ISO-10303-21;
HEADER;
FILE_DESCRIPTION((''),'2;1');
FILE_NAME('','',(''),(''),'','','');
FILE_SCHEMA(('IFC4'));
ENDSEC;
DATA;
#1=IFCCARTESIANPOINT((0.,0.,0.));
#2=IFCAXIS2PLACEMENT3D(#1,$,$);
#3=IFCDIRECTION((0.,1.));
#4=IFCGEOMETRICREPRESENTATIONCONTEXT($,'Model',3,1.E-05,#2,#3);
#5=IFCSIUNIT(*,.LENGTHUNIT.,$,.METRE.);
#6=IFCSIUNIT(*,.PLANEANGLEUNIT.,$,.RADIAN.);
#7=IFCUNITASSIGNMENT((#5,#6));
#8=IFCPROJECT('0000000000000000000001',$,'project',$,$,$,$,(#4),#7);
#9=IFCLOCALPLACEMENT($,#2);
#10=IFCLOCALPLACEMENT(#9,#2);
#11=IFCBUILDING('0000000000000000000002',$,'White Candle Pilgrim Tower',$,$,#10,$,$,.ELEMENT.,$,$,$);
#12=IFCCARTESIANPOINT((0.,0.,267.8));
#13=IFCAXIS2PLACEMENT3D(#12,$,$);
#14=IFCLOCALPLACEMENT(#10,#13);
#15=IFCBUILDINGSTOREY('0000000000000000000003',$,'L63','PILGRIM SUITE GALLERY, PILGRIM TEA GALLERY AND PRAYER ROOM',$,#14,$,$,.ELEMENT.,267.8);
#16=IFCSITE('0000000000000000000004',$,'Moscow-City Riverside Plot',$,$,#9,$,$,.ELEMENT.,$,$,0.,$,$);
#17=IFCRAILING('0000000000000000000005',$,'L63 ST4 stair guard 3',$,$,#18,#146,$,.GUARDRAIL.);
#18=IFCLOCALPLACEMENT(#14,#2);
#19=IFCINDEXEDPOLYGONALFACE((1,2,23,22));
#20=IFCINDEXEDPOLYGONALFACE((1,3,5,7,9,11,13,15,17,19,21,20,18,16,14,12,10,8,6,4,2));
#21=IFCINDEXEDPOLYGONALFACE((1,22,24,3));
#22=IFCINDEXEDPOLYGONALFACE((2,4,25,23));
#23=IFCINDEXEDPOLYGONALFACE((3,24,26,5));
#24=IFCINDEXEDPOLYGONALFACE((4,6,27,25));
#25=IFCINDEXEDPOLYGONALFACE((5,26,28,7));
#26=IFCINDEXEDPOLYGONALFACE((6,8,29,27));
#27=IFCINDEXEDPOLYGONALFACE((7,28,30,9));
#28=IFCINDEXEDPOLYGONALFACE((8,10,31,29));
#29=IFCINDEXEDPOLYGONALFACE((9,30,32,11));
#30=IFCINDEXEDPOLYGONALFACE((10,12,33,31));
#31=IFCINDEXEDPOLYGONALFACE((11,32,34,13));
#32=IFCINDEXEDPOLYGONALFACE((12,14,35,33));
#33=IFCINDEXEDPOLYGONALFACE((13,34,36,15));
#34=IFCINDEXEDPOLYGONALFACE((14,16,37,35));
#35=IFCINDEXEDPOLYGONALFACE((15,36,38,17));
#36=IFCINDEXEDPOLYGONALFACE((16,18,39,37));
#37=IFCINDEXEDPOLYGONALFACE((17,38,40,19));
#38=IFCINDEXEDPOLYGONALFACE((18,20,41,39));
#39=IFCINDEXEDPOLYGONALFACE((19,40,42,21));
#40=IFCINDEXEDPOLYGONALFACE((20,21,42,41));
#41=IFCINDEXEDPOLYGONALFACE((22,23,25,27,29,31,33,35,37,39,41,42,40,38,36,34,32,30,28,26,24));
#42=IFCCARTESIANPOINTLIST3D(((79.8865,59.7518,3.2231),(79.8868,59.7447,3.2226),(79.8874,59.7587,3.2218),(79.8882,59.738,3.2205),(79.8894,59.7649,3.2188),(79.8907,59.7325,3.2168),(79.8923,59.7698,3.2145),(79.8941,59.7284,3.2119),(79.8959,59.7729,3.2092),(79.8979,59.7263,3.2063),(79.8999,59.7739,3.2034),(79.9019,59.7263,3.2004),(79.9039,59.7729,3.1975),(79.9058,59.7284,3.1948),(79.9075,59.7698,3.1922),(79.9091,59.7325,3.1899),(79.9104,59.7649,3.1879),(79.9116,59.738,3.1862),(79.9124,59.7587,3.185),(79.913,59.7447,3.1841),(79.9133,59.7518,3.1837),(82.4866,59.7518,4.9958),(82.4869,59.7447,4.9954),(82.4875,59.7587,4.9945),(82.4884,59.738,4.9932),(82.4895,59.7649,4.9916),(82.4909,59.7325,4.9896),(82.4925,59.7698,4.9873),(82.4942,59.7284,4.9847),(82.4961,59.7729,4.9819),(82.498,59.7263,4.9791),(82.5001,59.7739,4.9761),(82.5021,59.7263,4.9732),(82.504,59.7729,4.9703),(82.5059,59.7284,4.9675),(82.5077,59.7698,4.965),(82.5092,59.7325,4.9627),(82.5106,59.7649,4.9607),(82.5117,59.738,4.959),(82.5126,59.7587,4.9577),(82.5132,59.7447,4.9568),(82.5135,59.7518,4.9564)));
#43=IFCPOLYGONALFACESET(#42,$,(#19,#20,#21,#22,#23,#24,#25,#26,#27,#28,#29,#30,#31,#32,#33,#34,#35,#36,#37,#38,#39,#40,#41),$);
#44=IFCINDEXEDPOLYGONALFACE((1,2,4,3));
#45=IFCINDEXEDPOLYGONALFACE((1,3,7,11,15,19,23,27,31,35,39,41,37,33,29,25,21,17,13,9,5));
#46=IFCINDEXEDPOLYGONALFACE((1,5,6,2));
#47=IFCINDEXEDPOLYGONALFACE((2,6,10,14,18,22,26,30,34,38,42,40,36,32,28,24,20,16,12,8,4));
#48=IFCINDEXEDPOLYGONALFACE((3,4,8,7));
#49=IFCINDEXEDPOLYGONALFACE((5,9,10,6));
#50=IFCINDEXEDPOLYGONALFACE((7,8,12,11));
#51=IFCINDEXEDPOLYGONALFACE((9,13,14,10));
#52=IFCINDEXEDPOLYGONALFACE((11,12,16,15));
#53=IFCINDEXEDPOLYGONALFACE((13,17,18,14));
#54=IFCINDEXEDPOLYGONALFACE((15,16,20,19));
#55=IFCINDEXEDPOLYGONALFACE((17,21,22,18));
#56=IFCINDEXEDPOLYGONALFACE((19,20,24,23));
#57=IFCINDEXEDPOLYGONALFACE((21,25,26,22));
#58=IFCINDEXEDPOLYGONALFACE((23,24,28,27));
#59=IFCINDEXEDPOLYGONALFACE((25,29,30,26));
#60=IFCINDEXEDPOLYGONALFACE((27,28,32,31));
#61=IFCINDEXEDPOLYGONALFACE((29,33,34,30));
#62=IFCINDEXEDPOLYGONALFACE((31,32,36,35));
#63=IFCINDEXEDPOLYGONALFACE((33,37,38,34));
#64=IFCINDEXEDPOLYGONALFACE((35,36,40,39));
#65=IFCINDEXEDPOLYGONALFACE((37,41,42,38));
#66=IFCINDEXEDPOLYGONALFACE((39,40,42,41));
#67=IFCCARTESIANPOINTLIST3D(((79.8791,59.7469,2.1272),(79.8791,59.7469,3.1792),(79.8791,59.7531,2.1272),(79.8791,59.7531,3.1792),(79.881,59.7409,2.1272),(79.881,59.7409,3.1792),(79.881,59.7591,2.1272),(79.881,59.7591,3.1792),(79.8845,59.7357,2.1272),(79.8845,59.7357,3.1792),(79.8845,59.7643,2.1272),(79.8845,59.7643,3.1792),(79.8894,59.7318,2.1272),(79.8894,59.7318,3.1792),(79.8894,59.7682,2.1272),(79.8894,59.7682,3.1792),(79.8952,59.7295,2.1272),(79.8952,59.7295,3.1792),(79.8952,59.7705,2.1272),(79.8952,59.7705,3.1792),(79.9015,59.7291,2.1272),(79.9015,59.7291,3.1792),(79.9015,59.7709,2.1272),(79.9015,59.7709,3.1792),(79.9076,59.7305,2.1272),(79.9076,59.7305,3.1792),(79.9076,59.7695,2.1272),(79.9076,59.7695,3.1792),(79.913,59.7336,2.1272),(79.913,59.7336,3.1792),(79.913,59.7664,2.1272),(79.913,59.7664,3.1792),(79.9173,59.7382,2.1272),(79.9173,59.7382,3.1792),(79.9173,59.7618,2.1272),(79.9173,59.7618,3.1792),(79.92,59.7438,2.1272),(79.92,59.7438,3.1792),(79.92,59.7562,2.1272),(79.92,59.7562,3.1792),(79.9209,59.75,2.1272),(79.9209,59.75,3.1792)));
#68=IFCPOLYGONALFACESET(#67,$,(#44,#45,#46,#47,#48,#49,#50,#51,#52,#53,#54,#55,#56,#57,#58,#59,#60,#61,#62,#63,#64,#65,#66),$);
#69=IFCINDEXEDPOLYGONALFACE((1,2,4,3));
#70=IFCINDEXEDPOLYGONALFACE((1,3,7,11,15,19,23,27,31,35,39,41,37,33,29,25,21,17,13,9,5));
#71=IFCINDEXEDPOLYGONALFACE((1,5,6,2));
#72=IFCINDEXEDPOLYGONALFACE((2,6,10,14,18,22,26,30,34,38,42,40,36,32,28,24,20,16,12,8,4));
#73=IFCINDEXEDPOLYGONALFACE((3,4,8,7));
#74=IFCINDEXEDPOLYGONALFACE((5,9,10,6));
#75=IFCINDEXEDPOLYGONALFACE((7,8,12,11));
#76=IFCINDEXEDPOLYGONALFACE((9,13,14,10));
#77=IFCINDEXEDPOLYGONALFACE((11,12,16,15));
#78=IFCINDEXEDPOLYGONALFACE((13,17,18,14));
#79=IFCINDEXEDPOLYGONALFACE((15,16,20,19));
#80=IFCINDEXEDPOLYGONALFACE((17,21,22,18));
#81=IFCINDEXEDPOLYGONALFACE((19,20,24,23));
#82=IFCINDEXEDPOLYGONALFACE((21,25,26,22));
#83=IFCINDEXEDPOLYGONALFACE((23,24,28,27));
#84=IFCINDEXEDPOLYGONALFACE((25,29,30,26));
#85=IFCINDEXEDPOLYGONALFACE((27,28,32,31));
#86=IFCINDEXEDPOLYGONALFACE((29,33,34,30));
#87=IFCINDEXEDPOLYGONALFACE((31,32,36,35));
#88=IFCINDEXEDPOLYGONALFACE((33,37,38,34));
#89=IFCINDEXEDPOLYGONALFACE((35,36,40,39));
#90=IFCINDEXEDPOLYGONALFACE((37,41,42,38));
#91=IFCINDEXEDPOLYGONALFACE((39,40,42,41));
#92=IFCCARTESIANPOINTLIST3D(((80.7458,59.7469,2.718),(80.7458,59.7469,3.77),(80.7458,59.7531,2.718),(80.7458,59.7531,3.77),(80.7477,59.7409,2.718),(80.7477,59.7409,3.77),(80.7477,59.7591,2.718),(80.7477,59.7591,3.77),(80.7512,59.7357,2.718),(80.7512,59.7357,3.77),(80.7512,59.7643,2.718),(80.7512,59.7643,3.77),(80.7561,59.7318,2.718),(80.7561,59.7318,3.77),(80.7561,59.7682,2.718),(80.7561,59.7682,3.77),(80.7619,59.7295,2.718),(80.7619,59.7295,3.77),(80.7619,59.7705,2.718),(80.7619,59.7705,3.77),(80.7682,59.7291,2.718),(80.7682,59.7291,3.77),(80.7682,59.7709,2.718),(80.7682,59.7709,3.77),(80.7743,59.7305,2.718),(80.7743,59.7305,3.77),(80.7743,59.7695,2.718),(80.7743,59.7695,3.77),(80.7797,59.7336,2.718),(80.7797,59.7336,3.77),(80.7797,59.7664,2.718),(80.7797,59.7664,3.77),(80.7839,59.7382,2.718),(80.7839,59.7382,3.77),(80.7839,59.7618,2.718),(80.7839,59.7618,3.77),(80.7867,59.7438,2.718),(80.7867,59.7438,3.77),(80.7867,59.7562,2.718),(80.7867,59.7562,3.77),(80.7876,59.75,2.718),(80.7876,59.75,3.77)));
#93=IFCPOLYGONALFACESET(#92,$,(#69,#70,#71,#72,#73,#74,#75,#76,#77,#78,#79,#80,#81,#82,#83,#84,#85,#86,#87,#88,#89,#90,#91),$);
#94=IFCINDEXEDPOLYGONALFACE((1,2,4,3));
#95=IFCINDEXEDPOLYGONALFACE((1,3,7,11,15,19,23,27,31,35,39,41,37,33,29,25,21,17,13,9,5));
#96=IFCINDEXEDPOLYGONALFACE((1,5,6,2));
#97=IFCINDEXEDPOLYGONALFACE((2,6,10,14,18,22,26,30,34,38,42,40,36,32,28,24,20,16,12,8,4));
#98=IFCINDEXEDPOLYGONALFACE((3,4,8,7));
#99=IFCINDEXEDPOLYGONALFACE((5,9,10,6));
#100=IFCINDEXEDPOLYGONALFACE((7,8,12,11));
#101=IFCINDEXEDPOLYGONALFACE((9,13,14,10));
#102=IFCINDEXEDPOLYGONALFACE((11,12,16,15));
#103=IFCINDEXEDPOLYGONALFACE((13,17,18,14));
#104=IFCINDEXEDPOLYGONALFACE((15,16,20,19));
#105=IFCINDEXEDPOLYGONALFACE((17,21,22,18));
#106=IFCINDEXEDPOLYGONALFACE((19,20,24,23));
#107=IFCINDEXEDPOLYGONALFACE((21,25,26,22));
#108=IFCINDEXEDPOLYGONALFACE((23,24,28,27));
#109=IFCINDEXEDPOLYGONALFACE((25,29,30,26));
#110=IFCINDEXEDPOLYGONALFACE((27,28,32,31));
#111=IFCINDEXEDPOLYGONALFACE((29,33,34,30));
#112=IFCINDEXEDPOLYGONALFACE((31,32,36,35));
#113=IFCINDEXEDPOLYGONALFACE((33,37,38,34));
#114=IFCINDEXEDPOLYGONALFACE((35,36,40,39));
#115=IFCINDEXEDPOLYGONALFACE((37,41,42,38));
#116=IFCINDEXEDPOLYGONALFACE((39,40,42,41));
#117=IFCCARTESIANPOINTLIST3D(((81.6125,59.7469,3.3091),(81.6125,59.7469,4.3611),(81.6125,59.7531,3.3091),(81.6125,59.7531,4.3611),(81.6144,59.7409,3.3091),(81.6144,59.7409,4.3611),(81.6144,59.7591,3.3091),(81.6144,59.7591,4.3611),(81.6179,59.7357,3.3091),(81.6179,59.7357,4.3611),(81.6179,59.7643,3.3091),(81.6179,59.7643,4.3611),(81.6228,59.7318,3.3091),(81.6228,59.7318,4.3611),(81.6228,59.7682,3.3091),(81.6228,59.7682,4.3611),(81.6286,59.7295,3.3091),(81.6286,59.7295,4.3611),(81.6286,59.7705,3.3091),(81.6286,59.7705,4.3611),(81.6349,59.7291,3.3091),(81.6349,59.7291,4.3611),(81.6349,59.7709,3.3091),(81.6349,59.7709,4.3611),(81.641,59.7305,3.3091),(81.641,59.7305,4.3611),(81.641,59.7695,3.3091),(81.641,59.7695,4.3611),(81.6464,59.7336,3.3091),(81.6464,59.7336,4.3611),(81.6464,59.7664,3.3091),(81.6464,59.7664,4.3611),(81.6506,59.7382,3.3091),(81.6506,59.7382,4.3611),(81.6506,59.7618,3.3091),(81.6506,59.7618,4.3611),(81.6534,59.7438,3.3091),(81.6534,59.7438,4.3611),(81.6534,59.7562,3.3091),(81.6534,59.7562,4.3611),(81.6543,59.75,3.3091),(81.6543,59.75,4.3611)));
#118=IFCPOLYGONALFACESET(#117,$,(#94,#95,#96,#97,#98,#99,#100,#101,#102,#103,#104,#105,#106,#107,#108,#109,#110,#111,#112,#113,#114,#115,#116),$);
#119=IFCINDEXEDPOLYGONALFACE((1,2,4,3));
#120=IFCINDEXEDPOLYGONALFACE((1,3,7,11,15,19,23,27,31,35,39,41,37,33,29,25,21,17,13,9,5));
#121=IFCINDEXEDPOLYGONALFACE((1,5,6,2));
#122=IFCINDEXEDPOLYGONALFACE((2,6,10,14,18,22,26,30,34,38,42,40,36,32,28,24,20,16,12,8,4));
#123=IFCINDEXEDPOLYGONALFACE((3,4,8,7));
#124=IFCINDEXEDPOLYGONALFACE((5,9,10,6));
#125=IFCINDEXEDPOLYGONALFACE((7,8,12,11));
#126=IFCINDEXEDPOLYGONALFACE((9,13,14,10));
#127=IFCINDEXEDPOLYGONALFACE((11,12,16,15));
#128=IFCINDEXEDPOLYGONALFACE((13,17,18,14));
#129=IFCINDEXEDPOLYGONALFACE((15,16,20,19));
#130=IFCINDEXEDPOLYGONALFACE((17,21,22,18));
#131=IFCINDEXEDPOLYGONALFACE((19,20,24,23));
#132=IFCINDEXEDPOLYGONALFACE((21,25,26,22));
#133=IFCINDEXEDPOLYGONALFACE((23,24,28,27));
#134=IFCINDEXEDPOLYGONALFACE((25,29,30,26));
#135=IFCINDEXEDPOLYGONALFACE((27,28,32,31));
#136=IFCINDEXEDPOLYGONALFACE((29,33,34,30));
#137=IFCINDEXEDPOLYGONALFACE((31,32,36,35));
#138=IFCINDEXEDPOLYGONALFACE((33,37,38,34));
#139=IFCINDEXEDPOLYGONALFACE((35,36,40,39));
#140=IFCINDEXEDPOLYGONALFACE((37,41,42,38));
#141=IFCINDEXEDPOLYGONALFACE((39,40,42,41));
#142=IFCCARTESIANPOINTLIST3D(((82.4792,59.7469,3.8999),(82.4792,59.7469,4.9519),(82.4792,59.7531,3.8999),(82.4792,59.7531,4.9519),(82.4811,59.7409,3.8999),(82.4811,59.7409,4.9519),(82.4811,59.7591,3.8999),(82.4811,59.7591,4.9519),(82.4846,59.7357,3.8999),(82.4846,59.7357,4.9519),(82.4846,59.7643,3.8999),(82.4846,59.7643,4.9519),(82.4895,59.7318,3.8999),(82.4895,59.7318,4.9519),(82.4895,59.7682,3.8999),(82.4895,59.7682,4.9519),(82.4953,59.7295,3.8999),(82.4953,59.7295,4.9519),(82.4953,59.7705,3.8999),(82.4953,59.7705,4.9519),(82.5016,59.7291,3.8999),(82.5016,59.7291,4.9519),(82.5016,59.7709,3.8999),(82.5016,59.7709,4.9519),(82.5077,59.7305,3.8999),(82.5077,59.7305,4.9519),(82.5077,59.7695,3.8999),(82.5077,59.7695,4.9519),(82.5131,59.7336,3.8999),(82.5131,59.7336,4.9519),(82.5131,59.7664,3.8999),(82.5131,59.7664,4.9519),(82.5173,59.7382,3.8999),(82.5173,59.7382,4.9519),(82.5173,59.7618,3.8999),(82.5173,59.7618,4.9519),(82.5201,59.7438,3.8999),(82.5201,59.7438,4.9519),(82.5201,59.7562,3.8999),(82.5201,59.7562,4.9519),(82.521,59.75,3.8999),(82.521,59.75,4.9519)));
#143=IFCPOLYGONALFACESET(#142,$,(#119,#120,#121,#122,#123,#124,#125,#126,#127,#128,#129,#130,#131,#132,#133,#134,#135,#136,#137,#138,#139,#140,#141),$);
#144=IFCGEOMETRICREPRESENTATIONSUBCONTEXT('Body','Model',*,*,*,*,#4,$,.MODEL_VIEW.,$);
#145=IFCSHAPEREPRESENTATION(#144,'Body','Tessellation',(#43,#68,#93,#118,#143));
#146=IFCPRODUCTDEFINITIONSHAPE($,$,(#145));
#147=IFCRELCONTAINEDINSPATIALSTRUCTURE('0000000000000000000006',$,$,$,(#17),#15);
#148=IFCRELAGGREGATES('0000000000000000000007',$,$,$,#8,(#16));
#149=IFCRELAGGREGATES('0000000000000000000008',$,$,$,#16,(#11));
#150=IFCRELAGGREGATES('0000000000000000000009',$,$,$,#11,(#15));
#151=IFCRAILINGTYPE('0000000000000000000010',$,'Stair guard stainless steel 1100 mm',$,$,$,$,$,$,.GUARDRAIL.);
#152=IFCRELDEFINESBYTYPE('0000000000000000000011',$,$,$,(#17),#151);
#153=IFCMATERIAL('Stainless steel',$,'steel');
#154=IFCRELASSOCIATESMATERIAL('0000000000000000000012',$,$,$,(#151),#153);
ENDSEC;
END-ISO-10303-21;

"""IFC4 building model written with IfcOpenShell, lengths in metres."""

from ifc_helpers import new_model, si_unit, direction, frame, origin, origin_2d, place, context, subcontext, project, spatial, circle, extrude, material, type_object, element, save


model = new_model("IFC4")

# Units and contexts
model_context = context("Model", 3, precision=1e-05, world=origin(), true_north=direction((0.0, 1.0)))
body_context = subcontext(model_context, "Body", "Model", "MODEL_VIEW")
ifc_project = project(units=[si_unit("LENGTHUNIT", "METRE"), si_unit("PLANEANGLEUNIT", "RADIAN")], contexts=[model_context])

# Site, building, storey
site_placement = place(None, origin())
site = spatial("IfcSite", under=ifc_project, at=site_placement, Name="Moscow-City Riverside Plot", CompositionType="ELEMENT", RefElevation=0.0)
building_placement = place(site_placement, origin())
building = spatial("IfcBuilding", under=site, at=building_placement, Name="White Candle Pilgrim Tower", CompositionType="ELEMENT")
storey_placement = place(building_placement, frame((0.0, 0.0, 267.8)))
storey = spatial("IfcBuildingStorey", under=building, at=storey_placement, Name="L63", Description="PILGRIM SUITE GALLERY, PILGRIM TEA GALLERY AND PRAYER ROOM", CompositionType="ELEMENT", Elevation=267.8)

# Railing
ifc_material_1 = material(Name="Stainless steel", Category="steel")
railing_type_1 = type_object("IfcRailingType", Name="Stair guard stainless steel 1100 mm", PredefinedType="GUARDRAIL", material=ifc_material_1)
railing_1_placement = place(storey_placement, frame((79.8999, 59.75, 2.1272)))
element("IfcRailing", 1, at=railing_1_placement, inside=storey, type_object=railing_type_1, Name="L63 ST4 stair guard 3", PredefinedType="GUARDRAIL", context=body_context, shape_type="SweptSolid", body=[
    extrude(circle(Radius=0.0239, at=origin_2d()), frame((0.0, 0.0, 1.0762), z_axis=(0.82624, 0.0, 0.563318), x_axis=(0.0, 1.0, 0.0)), (0.0, 0.0, 1.0), 3.147),
    extrude(circle(Radius=0.021, at=origin_2d()), origin(), (0.0, 0.0, 1.0), 1.052),
    extrude(circle(Radius=0.021, at=origin_2d()), frame((0.8667, 0.0, 0.5908)), (0.0, 0.0, 1.0), 1.052),
    extrude(circle(Radius=0.021, at=origin_2d()), frame((1.7334, 0.0, 1.1819)), (0.0, 0.0, 1.0), 1.052),
    extrude(circle(Radius=0.021, at=origin_2d()), frame((2.6001, 0.0, 1.7727)), (0.0, 0.0, 1.0), 1.052),
])

save(model, "model.ifc")
